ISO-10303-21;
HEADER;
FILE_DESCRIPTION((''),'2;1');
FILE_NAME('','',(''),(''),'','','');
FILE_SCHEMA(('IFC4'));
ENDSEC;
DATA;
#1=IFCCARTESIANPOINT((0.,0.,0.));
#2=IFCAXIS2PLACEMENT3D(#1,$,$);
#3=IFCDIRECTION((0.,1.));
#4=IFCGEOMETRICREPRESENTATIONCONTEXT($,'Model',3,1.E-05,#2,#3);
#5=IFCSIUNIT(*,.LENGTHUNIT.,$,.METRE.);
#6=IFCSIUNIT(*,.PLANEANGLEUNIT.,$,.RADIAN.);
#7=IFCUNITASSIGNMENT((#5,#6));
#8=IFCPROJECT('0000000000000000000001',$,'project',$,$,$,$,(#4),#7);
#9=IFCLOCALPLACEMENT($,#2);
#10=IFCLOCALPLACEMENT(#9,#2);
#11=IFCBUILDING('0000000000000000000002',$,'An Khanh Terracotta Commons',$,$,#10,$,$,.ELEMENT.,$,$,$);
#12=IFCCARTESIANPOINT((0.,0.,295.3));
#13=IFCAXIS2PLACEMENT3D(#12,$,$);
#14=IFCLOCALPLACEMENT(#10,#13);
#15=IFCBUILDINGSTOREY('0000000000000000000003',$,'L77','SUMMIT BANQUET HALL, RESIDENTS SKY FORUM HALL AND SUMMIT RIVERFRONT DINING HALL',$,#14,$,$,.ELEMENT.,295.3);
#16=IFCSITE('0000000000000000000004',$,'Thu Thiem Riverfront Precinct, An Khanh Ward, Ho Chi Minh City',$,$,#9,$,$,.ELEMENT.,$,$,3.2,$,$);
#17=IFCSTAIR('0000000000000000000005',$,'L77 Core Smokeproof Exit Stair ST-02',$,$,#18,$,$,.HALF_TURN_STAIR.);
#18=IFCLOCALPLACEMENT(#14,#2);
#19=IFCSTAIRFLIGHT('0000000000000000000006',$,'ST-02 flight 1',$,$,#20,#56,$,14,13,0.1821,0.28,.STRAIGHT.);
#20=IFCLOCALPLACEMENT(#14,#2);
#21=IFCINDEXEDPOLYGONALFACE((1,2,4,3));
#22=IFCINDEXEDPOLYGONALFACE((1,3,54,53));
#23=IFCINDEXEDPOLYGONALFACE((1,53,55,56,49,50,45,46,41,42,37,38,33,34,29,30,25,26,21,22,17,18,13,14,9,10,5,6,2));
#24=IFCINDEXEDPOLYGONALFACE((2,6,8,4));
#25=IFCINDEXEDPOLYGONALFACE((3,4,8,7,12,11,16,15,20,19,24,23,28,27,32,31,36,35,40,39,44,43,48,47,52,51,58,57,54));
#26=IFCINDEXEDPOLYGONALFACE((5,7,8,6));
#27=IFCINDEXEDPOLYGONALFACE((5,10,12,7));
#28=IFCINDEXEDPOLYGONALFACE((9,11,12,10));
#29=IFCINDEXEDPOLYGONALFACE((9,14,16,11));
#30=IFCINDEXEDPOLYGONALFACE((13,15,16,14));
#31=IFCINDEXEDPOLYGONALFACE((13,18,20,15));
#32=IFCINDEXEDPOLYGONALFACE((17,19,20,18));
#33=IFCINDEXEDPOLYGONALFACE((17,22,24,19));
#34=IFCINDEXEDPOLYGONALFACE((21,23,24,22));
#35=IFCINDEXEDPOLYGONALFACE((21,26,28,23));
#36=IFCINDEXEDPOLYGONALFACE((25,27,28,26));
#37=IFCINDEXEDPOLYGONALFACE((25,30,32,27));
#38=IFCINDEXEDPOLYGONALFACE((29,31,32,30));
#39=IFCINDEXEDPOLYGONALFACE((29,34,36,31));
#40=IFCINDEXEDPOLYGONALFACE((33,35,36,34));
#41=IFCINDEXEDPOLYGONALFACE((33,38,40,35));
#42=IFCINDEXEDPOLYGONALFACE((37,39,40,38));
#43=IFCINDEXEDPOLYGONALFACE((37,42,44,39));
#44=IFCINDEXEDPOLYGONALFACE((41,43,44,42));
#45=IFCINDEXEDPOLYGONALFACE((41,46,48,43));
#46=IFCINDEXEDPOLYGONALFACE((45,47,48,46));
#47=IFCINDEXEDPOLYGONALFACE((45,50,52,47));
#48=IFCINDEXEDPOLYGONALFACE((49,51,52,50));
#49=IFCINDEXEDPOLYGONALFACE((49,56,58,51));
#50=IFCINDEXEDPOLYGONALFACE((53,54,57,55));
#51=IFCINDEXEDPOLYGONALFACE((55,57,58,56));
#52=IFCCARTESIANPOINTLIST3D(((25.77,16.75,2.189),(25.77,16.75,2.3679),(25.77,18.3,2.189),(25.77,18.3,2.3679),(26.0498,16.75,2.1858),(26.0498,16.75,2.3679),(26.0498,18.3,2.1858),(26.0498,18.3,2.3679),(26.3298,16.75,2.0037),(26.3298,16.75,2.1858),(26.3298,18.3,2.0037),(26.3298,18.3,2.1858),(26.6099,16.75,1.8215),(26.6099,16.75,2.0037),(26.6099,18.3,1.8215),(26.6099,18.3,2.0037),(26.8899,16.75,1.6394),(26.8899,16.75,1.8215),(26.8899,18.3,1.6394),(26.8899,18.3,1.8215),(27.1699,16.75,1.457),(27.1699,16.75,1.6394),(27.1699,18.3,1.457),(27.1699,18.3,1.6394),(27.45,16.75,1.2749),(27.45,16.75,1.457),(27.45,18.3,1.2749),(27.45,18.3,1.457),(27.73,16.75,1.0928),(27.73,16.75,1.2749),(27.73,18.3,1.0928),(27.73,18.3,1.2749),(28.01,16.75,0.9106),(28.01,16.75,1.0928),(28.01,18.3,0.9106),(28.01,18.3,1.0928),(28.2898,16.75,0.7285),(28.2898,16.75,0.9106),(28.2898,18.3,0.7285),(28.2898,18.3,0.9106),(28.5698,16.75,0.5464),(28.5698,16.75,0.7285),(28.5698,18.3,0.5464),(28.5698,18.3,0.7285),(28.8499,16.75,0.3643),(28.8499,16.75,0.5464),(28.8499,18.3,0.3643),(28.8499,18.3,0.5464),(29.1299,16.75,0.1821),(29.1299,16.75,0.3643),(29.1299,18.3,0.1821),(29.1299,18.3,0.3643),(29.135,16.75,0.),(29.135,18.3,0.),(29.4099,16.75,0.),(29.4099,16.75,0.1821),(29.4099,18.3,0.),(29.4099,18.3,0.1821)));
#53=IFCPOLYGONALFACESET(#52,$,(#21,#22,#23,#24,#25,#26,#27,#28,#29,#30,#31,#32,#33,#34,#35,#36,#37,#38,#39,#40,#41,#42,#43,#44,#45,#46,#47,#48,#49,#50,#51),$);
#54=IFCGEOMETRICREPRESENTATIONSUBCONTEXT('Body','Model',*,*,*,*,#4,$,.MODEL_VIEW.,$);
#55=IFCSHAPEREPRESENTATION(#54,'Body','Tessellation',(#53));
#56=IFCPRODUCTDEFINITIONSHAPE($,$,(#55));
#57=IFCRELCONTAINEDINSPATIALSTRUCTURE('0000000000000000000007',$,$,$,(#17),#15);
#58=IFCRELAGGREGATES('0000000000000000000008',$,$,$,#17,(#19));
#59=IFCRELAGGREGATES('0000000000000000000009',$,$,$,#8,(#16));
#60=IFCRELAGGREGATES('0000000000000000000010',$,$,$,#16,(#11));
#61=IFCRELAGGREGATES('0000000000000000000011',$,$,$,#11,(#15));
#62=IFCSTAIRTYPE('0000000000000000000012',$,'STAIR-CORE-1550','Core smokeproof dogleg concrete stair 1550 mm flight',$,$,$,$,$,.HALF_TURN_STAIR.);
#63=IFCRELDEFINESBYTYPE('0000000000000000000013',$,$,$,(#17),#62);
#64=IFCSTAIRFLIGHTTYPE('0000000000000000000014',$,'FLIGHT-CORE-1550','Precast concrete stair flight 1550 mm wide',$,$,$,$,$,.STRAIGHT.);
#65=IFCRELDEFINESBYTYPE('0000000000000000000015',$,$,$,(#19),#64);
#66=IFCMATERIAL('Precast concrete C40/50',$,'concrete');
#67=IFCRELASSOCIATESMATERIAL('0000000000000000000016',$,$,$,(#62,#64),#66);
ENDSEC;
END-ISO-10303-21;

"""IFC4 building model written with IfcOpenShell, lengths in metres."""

from ifc_helpers import new_model, si_unit, direction, frame, origin, place, context, subcontext, project, spatial, polyline, outline, extrude, material, type_object, element, aggregate, save


model = new_model("IFC4")

# Units and contexts
model_context = context("Model", 3, precision=1e-05, world=origin(), true_north=direction((0.0, 1.0)))
body_context = subcontext(model_context, "Body", "Model", "MODEL_VIEW")
ifc_project = project(units=[si_unit("LENGTHUNIT", "METRE"), si_unit("PLANEANGLEUNIT", "RADIAN")], contexts=[model_context])

# Site, building, storey
site_placement = place(None, origin())
site = spatial("IfcSite", under=ifc_project, at=site_placement, Name="Thu Thiem Riverfront Precinct, An Khanh Ward, Ho Chi Minh City", CompositionType="ELEMENT", RefElevation=3.2)
building_placement = place(site_placement, origin())
building = spatial("IfcBuilding", under=site, at=building_placement, Name="An Khanh Terracotta Commons", CompositionType="ELEMENT")
storey_placement = place(building_placement, frame((0.0, 0.0, 295.3)))
storey = spatial("IfcBuildingStorey", under=building, at=storey_placement, Name="L77", Description="SUMMIT BANQUET HALL, RESIDENTS SKY FORUM HALL AND SUMMIT RIVERFRONT DINING HALL", CompositionType="ELEMENT", Elevation=295.3)

# Stair, stair flight
ifc_material_1 = material(Name="Precast concrete C40/50", Category="concrete")
stair_type = type_object("IfcStairType", Name="STAIR-CORE-1550", Description="Core smokeproof dogleg concrete stair 1550 mm flight", PredefinedType="HALF_TURN_STAIR", material=ifc_material_1)
stair_placement = place(storey_placement, origin())
stair = element("IfcStair", 1, at=stair_placement, inside=storey, type_object=stair_type, Name="L77 Core Smokeproof Exit Stair ST-02", PredefinedType="HALF_TURN_STAIR")
stair_flight_type = type_object("IfcStairFlightType", Name="FLIGHT-CORE-1550", Description="Precast concrete stair flight 1550 mm wide", PredefinedType="STRAIGHT", material=ifc_material_1)
stair_flight_placement = place(storey_placement, frame((29.4099, 17.5249, 0.0), z_axis=(0.0, 0.0, 1.0), x_axis=(-1.0, 0.0, 0.0)))
stair_flight = element("IfcStairFlight", 2, at=stair_flight_placement, type_object=stair_flight_type, Name="ST-02 flight 1", NumberOfRisers=14, NumberOfTreads=13, PredefinedType="STRAIGHT", RiserHeight=0.1821, TreadLength=0.28, context=body_context, shape_type="SweptSolid", body=[
    extrude(outline(polyline([(0.0, 0.0), (0.0, 0.1821), (0.28, 0.1821), (0.28, 0.3643), (0.5601, 0.3643), (0.5601, 0.5464), (0.8401, 0.5464), (0.8401, 0.7285), (1.1201, 0.7285), (1.1201, 0.9106), (1.3999, 0.9106), (1.3999, 1.0928), (1.6799, 1.0928), (1.6799, 1.2749), (1.96, 1.2749), (1.96, 1.457), (2.24, 1.457), (2.24, 1.6394), (2.52, 1.6394), (2.52, 1.8215), (2.8, 1.8215), (2.8, 2.0037), (3.0801, 2.0037), (3.0801, 2.1858), (3.3601, 2.1858), (3.3601, 2.3679), (3.6399, 2.3679), (3.6399, 2.55), (3.6399, 2.189), (0.2749, 0.0), (0.0, 0.0)])), frame((0.0, 0.7749, 0.0), z_axis=(0.0, -1.0, 0.0), x_axis=(1.0, 0.0, 0.0)), (0.0, 0.0, 1.0), 1.55),
])
aggregate(stair, [stair_flight])

save(model, "model.ifc")
